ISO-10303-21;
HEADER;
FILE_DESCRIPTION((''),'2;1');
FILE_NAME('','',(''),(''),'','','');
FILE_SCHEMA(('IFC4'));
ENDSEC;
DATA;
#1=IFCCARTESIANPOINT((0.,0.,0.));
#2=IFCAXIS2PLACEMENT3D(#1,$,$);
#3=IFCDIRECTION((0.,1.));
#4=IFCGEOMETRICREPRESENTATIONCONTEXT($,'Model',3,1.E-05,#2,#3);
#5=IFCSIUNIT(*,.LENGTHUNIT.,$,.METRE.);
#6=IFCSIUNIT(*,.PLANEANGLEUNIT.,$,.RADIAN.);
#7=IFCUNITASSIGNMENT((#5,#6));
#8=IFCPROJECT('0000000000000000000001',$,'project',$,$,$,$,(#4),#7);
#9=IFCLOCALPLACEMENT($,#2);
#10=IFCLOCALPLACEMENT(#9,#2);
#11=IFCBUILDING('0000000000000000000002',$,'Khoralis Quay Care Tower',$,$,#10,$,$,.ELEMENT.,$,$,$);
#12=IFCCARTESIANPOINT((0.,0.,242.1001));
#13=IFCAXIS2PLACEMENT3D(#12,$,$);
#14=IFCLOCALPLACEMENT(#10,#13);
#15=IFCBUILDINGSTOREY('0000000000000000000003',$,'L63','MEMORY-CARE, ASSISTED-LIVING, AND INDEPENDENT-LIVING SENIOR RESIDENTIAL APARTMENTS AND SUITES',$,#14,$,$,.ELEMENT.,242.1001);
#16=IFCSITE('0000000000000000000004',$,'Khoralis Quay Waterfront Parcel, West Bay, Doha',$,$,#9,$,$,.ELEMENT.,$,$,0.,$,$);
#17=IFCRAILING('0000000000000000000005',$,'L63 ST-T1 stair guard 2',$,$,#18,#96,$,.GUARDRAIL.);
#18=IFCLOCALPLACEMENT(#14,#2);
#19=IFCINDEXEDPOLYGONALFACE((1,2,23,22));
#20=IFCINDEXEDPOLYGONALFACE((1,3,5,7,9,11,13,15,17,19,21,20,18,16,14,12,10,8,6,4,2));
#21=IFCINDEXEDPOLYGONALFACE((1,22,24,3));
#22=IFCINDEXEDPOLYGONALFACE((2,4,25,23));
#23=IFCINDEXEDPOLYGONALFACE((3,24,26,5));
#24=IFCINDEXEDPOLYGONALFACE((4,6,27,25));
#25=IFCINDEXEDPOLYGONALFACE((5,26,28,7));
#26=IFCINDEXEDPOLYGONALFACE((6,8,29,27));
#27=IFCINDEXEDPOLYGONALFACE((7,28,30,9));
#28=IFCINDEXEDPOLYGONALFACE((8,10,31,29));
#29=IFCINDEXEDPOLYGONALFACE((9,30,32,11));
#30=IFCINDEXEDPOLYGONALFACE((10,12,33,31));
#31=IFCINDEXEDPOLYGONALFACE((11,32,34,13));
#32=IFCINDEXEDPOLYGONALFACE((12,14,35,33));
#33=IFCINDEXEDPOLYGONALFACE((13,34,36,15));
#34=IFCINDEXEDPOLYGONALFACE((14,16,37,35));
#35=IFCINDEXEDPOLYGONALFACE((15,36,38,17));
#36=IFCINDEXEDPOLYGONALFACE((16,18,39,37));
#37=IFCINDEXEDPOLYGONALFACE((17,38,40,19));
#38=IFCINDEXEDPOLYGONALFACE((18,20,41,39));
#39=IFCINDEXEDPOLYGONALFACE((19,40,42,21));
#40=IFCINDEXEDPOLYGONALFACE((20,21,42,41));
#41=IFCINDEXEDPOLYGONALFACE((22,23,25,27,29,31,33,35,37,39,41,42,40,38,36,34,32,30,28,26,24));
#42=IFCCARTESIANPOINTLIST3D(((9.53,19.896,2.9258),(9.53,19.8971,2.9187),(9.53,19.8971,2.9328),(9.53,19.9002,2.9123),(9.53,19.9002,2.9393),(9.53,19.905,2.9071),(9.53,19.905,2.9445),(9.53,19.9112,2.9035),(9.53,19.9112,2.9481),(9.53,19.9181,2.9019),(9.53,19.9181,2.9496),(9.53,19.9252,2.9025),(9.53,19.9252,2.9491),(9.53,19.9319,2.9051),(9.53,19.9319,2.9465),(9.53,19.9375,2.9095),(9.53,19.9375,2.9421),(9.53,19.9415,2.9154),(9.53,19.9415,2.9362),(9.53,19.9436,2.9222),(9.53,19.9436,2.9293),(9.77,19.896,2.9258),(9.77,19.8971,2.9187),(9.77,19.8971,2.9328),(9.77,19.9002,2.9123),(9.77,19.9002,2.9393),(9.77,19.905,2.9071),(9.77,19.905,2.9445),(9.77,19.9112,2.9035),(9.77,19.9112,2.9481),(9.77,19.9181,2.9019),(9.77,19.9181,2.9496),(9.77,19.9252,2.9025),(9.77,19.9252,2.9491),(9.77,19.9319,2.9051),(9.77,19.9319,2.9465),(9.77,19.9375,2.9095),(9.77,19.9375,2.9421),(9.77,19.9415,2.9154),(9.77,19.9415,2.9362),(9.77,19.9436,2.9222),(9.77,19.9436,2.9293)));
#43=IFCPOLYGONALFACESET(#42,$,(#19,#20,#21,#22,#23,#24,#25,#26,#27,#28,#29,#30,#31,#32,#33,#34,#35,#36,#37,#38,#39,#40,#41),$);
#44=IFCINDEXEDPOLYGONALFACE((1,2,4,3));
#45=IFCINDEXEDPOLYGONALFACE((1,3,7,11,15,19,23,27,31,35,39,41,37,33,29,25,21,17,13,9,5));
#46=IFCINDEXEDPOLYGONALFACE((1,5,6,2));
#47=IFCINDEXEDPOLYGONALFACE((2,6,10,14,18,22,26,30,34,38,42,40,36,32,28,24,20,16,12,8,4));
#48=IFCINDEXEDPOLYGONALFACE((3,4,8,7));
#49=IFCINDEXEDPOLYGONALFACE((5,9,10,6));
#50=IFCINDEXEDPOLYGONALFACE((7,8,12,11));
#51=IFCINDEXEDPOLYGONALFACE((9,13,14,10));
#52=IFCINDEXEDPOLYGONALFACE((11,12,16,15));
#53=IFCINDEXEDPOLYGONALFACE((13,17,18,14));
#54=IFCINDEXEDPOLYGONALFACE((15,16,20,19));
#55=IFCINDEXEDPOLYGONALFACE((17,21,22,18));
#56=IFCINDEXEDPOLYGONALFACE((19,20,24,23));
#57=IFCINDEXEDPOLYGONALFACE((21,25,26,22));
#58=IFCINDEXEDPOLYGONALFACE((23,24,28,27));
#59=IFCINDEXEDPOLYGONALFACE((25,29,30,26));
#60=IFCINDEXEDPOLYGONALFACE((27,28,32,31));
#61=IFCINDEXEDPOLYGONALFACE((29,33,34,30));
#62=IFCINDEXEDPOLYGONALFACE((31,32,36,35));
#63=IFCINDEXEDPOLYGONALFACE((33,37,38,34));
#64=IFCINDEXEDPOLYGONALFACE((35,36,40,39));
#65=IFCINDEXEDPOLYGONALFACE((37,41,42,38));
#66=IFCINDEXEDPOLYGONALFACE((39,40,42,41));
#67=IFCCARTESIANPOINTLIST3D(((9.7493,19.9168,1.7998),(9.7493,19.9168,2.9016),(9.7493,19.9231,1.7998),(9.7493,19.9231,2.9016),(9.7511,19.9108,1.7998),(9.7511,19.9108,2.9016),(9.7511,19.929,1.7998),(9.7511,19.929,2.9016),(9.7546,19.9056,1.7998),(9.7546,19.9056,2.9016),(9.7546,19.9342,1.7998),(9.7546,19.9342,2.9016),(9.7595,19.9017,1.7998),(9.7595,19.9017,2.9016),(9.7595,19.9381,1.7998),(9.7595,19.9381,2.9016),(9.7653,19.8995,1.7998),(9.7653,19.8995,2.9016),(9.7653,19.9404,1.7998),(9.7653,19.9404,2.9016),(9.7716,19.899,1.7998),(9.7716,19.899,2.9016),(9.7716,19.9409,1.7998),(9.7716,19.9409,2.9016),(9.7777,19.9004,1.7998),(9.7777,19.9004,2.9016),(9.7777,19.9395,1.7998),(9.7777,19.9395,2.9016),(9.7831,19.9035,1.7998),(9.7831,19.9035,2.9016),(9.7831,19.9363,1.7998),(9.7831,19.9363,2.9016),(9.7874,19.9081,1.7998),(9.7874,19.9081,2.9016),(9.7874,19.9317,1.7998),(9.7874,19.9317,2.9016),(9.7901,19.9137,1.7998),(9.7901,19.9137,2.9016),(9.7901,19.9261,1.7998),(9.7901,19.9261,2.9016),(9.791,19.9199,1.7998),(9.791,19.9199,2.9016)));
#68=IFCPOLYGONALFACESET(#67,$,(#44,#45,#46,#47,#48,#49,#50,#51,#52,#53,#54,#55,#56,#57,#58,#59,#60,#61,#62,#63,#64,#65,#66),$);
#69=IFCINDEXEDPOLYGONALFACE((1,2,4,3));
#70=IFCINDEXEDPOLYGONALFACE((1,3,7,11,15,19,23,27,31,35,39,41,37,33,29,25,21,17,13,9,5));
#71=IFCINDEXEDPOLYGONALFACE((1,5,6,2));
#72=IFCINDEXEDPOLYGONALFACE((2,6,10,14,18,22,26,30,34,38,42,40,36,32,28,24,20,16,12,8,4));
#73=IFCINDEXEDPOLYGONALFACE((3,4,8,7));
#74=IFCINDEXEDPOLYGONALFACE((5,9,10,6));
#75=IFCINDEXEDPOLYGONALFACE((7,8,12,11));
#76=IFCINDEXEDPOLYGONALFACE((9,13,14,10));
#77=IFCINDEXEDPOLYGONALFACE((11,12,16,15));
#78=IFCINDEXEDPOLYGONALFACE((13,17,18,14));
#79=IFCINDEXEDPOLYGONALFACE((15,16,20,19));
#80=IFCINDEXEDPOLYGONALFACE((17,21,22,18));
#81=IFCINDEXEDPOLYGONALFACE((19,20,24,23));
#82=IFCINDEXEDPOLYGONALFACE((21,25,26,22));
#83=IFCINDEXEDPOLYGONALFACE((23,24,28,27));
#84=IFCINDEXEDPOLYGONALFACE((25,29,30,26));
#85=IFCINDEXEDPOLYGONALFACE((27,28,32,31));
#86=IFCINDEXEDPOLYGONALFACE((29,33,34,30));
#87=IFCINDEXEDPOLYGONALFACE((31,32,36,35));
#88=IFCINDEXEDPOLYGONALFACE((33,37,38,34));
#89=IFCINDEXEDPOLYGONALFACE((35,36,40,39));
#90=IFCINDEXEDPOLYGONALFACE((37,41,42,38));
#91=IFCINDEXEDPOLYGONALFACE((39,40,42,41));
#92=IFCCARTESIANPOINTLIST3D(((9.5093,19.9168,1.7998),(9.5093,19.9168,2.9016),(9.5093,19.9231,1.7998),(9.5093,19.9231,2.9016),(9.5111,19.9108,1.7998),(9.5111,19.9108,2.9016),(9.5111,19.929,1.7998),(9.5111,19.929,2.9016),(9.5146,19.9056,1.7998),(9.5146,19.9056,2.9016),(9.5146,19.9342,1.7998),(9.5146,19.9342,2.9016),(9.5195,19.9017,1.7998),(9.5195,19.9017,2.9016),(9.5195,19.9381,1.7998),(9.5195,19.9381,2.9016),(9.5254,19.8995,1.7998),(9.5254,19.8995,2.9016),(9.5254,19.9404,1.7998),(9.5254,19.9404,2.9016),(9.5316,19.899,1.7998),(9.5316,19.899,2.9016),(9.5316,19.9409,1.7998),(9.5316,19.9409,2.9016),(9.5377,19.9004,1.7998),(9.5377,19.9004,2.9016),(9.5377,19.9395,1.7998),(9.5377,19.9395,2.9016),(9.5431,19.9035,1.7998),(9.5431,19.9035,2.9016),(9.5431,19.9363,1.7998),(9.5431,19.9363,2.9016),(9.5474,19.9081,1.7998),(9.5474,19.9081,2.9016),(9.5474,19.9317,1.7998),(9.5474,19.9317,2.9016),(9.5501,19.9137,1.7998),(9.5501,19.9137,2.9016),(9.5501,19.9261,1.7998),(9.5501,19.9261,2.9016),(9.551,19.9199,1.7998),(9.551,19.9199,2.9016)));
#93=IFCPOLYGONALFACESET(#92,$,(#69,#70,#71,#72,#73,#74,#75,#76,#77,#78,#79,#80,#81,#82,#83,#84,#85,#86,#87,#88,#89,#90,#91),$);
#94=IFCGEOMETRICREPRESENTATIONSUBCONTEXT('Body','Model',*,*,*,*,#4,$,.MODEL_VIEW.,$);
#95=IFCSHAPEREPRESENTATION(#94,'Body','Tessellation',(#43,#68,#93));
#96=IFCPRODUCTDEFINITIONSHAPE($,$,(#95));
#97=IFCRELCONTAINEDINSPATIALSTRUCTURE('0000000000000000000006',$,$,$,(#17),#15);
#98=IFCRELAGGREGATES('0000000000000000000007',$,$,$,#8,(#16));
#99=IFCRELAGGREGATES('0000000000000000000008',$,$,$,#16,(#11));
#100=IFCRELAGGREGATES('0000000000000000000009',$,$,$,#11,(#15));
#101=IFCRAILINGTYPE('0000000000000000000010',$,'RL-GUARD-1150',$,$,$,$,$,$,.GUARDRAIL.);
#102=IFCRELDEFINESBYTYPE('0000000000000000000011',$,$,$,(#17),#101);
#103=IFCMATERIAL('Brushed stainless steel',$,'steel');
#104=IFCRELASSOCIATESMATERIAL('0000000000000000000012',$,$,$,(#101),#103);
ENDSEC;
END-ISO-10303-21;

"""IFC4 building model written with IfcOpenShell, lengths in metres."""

from ifc_helpers import new_model, si_unit, direction, frame, origin, origin_2d, place, context, subcontext, project, spatial, circle, extrude, material, type_object, element, save


model = new_model("IFC4")

# Units and contexts
model_context = context("Model", 3, precision=1e-05, world=origin(), true_north=direction((0.0, 1.0)))
body_context = subcontext(model_context, "Body", "Model", "MODEL_VIEW")
ifc_project = project(units=[si_unit("LENGTHUNIT", "METRE"), si_unit("PLANEANGLEUNIT", "RADIAN")], contexts=[model_context])

# Site, building, storey
site_placement = place(None, origin())
site = spatial("IfcSite", under=ifc_project, at=site_placement, Name="Khoralis Quay Waterfront Parcel, West Bay, Doha", CompositionType="ELEMENT", RefElevation=0.0)
building_placement = place(site_placement, origin())
building = spatial("IfcBuilding", under=site, at=building_placement, Name="Khoralis Quay Care Tower", CompositionType="ELEMENT")
storey_placement = place(building_placement, frame((0.0, 0.0, 242.1001)))
storey = spatial("IfcBuildingStorey", under=building, at=storey_placement, Name="L63", Description="MEMORY-CARE, ASSISTED-LIVING, AND INDEPENDENT-LIVING SENIOR RESIDENTIAL APARTMENTS AND SUITES", CompositionType="ELEMENT", Elevation=242.1001)

# Shared definitions
ifc_material_1 = material(Name="Brushed stainless steel", Category="steel")

# Railing
railing_type_1 = type_object("IfcRailingType", Name="RL-GUARD-1150", PredefinedType="GUARDRAIL", material=ifc_material_1)
railing_1_placement = place(storey_placement, frame((9.77, 19.9199, 1.7998)))
element("IfcRailing", 1, at=railing_1_placement, inside=storey, type_object=railing_type_1, Name="L63 ST-T1 stair guard 2", PredefinedType="GUARDRAIL", context=body_context, shape_type="SweptSolid", body=[
    extrude(circle(Radius=0.0239, at=origin_2d()), frame((0.0, 0.0, 1.126), z_axis=(-1.0, 0.0, 0.0), x_axis=(0.0, -1.0, 0.0)), (0.0, 0.0, 1.0), 0.24),
    extrude(circle(Radius=0.021, at=origin_2d()), origin(), (0.0, 0.0, 1.0), 1.1018),
    extrude(circle(Radius=0.021, at=origin_2d()), frame((-0.24, 0.0, 0.0)), (0.0, 0.0, 1.0), 1.1018),
])

save(model, "model.ifc")
